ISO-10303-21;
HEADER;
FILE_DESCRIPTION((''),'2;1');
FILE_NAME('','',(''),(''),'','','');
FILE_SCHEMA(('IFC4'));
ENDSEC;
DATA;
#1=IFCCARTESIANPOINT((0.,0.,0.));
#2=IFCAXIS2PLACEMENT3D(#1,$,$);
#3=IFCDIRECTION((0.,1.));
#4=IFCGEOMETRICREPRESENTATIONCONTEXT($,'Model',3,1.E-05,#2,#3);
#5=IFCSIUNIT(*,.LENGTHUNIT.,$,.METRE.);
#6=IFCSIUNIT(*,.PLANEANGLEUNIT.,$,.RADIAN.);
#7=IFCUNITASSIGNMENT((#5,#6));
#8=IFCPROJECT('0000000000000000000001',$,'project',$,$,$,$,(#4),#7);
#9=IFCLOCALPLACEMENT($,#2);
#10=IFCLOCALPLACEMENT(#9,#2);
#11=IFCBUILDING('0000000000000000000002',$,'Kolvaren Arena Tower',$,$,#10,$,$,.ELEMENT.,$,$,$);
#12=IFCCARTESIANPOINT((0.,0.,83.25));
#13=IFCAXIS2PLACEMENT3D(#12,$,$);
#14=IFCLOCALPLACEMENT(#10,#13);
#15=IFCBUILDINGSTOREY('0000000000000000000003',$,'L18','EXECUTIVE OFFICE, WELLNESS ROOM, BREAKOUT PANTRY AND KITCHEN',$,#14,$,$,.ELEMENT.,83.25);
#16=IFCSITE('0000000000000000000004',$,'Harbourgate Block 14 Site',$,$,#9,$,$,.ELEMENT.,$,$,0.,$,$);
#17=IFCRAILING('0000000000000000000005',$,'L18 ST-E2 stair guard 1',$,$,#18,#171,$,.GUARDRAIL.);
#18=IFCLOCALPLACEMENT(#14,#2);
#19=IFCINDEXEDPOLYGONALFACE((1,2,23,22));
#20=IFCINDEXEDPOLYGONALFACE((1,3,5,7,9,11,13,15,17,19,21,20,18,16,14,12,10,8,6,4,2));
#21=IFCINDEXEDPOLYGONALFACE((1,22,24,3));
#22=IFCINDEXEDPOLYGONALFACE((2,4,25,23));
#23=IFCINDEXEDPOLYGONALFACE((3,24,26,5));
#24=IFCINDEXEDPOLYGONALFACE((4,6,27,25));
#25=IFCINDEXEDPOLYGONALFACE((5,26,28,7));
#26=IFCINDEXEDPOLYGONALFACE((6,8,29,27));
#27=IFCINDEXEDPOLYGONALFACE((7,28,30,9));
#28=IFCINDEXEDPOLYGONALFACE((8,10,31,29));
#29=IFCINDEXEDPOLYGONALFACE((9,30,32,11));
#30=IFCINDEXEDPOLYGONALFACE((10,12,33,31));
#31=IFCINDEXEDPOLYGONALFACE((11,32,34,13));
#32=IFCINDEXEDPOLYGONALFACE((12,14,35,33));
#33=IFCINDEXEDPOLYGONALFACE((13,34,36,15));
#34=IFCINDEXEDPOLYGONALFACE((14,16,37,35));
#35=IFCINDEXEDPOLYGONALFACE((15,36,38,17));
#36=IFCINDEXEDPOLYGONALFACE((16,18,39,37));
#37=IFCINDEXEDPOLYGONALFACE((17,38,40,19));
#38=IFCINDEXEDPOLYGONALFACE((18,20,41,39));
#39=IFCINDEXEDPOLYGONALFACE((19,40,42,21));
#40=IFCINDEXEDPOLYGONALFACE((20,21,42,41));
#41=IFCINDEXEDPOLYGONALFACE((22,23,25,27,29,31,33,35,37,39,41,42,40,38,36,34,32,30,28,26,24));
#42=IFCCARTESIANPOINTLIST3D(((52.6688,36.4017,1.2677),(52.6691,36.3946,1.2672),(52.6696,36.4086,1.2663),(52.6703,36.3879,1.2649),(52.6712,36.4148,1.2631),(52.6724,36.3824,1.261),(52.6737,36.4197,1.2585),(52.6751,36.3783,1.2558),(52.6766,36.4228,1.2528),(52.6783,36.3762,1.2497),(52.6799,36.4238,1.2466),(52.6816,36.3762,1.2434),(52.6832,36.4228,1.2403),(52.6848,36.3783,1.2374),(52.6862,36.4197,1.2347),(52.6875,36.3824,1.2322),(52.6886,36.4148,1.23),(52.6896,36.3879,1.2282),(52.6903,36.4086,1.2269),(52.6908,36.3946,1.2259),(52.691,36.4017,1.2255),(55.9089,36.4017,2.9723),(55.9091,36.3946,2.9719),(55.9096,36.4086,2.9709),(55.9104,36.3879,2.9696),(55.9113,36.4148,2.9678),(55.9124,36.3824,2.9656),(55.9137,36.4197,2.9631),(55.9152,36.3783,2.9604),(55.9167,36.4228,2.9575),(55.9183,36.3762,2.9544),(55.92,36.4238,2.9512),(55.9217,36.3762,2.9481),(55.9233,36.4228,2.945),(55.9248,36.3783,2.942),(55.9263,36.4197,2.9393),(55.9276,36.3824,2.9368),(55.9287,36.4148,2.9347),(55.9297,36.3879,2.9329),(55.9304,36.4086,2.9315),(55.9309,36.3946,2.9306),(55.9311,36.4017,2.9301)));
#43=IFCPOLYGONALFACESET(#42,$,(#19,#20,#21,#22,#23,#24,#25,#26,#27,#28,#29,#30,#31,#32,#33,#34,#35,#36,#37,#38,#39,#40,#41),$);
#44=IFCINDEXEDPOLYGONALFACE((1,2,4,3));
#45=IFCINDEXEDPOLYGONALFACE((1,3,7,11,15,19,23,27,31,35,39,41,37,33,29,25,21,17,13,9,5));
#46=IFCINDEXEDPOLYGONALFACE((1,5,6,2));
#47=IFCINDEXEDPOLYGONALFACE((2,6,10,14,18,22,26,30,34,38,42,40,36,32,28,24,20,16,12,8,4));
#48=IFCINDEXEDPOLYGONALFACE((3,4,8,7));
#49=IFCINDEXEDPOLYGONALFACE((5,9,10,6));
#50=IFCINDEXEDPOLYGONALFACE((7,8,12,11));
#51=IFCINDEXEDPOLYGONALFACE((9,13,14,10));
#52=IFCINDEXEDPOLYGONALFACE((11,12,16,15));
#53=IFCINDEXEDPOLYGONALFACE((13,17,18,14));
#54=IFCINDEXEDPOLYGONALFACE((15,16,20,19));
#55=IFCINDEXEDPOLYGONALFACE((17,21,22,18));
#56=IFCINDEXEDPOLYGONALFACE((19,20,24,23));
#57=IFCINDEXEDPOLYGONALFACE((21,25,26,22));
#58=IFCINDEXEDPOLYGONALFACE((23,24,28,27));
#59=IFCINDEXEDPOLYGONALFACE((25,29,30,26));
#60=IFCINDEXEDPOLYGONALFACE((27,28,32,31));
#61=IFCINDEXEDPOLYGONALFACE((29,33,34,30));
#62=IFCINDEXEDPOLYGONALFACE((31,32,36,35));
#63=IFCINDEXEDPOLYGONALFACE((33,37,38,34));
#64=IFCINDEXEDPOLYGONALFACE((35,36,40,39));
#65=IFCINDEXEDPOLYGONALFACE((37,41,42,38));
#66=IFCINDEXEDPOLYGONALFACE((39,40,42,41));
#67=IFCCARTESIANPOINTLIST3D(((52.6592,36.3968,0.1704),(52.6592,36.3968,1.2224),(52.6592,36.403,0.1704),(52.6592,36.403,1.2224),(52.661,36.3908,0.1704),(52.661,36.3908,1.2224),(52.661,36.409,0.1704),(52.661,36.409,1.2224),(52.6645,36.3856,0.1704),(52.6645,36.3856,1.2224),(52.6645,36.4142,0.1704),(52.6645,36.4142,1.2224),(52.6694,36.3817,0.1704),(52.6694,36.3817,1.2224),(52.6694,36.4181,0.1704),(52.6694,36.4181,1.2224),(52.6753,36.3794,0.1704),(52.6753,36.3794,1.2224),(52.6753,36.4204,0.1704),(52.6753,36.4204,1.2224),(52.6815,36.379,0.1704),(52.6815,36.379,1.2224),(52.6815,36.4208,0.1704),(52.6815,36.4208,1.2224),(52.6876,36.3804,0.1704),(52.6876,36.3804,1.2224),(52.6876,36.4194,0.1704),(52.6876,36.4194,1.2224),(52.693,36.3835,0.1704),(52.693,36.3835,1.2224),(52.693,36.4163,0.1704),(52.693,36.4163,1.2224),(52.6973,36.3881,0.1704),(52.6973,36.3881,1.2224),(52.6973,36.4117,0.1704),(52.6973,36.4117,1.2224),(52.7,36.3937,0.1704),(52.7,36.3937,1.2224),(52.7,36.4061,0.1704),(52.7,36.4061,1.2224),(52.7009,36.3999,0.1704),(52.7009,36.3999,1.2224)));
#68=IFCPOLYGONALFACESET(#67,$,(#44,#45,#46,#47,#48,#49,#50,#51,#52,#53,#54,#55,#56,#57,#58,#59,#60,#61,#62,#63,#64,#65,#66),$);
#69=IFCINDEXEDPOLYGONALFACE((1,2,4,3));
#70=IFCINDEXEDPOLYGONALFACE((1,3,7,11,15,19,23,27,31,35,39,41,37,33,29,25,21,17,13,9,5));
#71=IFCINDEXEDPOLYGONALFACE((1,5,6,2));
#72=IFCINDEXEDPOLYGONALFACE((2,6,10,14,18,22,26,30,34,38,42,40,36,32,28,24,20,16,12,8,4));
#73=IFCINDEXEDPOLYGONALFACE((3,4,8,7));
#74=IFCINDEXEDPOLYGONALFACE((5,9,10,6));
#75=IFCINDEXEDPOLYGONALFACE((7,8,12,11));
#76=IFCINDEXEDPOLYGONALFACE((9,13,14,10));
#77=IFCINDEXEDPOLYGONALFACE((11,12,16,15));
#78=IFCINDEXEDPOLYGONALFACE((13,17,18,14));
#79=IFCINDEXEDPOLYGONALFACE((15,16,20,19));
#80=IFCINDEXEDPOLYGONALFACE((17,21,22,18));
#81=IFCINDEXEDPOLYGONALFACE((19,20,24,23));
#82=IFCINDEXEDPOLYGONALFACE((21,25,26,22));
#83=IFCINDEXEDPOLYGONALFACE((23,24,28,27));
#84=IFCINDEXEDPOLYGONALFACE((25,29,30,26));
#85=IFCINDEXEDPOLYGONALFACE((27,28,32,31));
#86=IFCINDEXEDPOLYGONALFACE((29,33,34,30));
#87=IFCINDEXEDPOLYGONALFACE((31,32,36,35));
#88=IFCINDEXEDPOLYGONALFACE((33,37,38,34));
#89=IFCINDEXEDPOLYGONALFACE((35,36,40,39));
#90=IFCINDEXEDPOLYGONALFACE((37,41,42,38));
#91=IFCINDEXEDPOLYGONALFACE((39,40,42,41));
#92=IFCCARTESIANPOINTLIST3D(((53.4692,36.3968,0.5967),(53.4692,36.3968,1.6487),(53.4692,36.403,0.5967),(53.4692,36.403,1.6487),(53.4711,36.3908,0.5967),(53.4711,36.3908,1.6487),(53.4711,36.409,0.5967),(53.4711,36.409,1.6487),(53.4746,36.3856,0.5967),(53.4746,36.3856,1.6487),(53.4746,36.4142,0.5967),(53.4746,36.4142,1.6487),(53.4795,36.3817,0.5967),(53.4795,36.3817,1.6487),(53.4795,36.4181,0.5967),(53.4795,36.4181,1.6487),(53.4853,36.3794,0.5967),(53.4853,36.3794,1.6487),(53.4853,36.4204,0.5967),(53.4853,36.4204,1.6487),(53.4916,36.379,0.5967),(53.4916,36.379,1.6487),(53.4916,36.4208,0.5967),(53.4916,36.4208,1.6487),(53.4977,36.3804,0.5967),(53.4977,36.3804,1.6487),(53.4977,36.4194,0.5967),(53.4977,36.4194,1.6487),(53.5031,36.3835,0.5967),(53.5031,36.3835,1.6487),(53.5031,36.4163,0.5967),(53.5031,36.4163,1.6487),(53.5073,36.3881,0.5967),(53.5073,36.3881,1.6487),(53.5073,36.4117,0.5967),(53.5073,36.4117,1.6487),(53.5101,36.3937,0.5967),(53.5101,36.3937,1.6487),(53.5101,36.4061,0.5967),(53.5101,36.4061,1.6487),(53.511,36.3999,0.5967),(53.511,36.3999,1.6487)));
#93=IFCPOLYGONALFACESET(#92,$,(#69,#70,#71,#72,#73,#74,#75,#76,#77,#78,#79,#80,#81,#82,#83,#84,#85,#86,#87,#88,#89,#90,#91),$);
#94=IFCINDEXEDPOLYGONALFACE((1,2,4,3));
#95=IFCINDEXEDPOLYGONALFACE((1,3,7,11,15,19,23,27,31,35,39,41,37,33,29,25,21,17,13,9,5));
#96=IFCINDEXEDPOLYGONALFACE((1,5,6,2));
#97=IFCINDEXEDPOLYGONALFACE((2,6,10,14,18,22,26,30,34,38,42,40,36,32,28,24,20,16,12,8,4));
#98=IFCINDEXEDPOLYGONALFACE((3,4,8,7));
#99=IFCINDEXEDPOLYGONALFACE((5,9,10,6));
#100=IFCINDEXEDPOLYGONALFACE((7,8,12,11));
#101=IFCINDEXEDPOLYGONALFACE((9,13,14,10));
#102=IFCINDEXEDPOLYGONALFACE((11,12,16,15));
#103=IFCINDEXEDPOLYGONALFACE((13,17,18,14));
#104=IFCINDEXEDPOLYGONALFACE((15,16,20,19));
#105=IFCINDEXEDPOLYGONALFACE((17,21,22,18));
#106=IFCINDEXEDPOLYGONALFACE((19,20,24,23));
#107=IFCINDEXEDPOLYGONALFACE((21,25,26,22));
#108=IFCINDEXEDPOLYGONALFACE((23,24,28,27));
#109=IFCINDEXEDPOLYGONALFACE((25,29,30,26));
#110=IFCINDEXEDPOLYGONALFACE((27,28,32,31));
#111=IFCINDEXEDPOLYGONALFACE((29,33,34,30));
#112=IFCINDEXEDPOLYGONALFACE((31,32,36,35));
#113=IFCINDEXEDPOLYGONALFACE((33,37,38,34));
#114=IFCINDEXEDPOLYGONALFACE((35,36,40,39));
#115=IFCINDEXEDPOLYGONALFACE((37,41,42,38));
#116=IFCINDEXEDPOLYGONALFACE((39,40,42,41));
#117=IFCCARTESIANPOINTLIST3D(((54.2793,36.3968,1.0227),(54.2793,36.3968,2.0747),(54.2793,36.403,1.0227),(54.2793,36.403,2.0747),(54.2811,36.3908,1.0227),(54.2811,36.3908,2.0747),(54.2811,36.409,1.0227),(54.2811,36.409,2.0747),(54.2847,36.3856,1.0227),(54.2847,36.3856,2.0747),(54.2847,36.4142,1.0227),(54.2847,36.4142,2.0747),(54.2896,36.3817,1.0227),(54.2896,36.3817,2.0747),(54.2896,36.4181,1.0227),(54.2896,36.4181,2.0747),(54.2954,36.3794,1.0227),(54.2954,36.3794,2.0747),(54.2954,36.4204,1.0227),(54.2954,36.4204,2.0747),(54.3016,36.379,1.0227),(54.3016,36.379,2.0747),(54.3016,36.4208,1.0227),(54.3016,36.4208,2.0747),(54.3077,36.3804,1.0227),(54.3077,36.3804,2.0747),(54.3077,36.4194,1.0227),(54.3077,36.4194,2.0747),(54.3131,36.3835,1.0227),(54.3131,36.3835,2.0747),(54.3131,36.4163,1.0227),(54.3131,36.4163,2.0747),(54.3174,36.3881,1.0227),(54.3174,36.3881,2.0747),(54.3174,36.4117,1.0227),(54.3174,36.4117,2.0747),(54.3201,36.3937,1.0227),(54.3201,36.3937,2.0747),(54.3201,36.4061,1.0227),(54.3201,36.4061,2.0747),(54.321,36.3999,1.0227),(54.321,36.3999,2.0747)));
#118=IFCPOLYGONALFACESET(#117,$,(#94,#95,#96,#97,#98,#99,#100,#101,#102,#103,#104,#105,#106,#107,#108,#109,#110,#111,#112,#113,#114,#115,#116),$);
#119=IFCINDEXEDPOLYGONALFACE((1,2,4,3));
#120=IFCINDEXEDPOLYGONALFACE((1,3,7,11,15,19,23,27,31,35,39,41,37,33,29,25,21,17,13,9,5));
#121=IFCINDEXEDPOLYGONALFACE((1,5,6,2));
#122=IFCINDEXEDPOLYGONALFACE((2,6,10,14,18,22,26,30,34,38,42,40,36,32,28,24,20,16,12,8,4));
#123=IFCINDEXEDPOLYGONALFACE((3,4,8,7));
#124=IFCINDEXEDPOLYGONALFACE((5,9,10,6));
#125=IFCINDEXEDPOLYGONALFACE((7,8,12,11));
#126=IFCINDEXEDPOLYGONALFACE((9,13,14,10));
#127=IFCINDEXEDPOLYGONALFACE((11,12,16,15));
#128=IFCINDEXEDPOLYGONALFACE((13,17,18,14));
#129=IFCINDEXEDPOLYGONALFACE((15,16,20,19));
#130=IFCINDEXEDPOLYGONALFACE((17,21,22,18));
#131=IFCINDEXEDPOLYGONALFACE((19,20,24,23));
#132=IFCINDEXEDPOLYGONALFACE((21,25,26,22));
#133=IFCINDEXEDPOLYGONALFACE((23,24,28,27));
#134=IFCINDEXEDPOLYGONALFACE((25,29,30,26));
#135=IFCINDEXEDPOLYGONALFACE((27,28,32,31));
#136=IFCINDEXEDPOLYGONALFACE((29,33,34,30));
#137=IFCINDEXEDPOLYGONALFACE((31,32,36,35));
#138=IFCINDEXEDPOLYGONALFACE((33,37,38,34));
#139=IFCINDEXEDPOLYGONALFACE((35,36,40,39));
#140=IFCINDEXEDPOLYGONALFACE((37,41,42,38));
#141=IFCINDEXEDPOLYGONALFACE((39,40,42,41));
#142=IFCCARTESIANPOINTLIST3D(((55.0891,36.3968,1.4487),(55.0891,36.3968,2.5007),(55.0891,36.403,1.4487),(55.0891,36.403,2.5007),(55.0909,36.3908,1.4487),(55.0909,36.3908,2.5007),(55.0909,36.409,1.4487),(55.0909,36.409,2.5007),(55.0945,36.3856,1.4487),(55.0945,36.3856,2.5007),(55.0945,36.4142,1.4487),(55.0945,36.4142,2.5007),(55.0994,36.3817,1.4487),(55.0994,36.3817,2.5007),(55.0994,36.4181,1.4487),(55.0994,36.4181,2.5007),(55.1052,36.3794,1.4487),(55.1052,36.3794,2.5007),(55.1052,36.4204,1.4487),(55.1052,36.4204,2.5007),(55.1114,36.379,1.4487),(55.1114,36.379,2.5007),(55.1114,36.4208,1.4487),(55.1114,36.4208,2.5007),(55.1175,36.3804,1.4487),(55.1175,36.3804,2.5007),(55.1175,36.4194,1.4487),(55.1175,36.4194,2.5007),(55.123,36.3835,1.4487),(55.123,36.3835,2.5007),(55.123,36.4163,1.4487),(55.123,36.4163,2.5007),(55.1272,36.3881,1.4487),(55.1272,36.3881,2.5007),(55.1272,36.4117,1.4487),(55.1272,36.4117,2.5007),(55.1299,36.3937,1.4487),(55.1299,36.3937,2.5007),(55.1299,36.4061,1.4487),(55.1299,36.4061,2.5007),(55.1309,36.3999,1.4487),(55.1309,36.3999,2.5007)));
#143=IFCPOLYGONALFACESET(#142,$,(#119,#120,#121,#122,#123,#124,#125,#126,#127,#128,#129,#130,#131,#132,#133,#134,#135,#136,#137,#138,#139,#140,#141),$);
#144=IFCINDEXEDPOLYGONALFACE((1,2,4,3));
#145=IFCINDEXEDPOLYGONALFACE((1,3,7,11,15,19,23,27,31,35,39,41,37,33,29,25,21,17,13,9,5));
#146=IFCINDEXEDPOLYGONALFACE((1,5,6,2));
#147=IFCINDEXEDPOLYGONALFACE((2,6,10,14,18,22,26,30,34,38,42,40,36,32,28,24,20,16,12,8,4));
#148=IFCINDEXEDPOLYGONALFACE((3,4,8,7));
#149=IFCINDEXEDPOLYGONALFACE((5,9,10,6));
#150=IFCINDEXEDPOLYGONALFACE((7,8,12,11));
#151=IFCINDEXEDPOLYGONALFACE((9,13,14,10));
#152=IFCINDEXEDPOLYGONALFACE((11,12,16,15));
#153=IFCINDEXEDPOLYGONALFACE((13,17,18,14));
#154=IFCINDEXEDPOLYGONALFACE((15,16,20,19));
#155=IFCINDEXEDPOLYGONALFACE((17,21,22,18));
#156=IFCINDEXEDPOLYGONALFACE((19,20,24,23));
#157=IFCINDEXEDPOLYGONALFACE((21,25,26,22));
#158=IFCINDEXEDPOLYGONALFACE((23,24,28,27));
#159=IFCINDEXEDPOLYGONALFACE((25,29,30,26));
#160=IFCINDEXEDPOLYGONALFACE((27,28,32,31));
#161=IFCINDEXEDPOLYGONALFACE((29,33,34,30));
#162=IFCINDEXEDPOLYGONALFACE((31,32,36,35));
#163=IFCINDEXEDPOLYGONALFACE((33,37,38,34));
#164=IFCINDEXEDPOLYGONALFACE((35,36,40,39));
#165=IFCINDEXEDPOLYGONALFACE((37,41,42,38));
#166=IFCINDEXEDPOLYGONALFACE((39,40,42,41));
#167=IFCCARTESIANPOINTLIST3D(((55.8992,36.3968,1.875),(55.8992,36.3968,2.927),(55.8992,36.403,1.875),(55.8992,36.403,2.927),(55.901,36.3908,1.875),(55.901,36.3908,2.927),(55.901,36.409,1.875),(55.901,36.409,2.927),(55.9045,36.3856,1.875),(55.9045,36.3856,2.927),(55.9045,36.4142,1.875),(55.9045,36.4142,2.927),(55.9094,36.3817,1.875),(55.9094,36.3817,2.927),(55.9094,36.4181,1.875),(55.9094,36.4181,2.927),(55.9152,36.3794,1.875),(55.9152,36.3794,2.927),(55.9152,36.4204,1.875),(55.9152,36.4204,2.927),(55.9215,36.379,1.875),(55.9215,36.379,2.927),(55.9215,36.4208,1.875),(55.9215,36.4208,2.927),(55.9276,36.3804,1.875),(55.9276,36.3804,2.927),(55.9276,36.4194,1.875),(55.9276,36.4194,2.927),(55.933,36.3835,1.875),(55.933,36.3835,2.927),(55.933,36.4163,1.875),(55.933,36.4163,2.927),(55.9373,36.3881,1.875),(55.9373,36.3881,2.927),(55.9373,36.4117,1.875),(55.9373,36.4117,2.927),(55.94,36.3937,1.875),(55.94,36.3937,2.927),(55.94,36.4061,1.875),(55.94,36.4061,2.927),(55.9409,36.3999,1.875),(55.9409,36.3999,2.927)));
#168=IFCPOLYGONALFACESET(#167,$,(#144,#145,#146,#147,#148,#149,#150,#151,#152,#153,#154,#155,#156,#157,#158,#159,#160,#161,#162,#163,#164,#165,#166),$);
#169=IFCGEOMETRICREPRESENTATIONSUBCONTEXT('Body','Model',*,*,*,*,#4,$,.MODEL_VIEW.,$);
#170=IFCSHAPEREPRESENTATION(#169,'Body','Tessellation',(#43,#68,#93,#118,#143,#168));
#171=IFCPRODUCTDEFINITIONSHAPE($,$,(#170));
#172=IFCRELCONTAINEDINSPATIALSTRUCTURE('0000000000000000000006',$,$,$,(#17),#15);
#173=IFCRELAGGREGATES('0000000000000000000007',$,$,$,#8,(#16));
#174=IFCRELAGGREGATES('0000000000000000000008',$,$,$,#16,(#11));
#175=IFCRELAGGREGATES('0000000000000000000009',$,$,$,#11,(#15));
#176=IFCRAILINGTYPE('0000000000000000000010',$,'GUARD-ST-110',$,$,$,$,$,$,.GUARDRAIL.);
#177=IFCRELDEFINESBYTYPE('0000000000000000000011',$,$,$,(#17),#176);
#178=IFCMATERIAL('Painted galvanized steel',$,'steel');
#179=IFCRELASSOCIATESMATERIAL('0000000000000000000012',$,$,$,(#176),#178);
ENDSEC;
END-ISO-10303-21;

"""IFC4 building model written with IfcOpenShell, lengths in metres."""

from ifc_helpers import new_model, si_unit, direction, frame, origin, origin_2d, place, context, subcontext, project, spatial, circle, extrude, material, type_object, element, save


model = new_model("IFC4")

# Units and contexts
model_context = context("Model", 3, precision=1e-05, world=origin(), true_north=direction((0.0, 1.0)))
body_context = subcontext(model_context, "Body", "Model", "MODEL_VIEW")
ifc_project = project(units=[si_unit("LENGTHUNIT", "METRE"), si_unit("PLANEANGLEUNIT", "RADIAN")], contexts=[model_context])

# Site, building, storey
site_placement = place(None, origin())
site = spatial("IfcSite", under=ifc_project, at=site_placement, Name="Harbourgate Block 14 Site", CompositionType="ELEMENT", RefElevation=0.0)
building_placement = place(site_placement, origin())
building = spatial("IfcBuilding", under=site, at=building_placement, Name="Kolvaren Arena Tower", CompositionType="ELEMENT")
storey_placement = place(building_placement, frame((0.0, 0.0, 83.25)))
storey = spatial("IfcBuildingStorey", under=building, at=storey_placement, Name="L18", Description="EXECUTIVE OFFICE, WELLNESS ROOM, BREAKOUT PANTRY AND KITCHEN", CompositionType="ELEMENT", Elevation=83.25)

# Railing
ifc_material_1 = material(Name="Painted galvanized steel", Category="steel")
railing_type_1 = type_object("IfcRailingType", Name="GUARD-ST-110", PredefinedType="GUARDRAIL", material=ifc_material_1)
railing_1_placement = place(storey_placement, frame((52.6799, 36.3999, 0.1704)))
element("IfcRailing", 1, at=railing_1_placement, inside=storey, type_object=railing_type_1, Name="L18 ST-E2 stair guard 1", PredefinedType="GUARDRAIL", context=body_context, shape_type="SweptSolid", body=[
    extrude(circle(Radius=0.0239, at=origin_2d()), frame((0.0, 0.0, 1.0762), z_axis=(0.884993, 0.0, 0.465604), x_axis=(0.0, 1.0, 0.0)), (0.0, 0.0, 1.0), 3.6611),
    extrude(circle(Radius=0.021, at=origin_2d()), origin(), (0.0, 0.0, 1.0), 1.052),
    extrude(circle(Radius=0.021, at=origin_2d()), frame((0.8101, 0.0, 0.4263)), (0.0, 0.0, 1.0), 1.052),
    extrude(circle(Radius=0.021, at=origin_2d()), frame((1.6201, 0.0, 0.8523)), (0.0, 0.0, 1.0), 1.052),
    extrude(circle(Radius=0.021, at=origin_2d()), frame((2.4299, 0.0, 1.2783)), (0.0, 0.0, 1.0), 1.052),
    extrude(circle(Radius=0.021, at=origin_2d()), frame((3.24, 0.0, 1.7046)), (0.0, 0.0, 1.0), 1.052),
])

save(model, "model.ifc")
